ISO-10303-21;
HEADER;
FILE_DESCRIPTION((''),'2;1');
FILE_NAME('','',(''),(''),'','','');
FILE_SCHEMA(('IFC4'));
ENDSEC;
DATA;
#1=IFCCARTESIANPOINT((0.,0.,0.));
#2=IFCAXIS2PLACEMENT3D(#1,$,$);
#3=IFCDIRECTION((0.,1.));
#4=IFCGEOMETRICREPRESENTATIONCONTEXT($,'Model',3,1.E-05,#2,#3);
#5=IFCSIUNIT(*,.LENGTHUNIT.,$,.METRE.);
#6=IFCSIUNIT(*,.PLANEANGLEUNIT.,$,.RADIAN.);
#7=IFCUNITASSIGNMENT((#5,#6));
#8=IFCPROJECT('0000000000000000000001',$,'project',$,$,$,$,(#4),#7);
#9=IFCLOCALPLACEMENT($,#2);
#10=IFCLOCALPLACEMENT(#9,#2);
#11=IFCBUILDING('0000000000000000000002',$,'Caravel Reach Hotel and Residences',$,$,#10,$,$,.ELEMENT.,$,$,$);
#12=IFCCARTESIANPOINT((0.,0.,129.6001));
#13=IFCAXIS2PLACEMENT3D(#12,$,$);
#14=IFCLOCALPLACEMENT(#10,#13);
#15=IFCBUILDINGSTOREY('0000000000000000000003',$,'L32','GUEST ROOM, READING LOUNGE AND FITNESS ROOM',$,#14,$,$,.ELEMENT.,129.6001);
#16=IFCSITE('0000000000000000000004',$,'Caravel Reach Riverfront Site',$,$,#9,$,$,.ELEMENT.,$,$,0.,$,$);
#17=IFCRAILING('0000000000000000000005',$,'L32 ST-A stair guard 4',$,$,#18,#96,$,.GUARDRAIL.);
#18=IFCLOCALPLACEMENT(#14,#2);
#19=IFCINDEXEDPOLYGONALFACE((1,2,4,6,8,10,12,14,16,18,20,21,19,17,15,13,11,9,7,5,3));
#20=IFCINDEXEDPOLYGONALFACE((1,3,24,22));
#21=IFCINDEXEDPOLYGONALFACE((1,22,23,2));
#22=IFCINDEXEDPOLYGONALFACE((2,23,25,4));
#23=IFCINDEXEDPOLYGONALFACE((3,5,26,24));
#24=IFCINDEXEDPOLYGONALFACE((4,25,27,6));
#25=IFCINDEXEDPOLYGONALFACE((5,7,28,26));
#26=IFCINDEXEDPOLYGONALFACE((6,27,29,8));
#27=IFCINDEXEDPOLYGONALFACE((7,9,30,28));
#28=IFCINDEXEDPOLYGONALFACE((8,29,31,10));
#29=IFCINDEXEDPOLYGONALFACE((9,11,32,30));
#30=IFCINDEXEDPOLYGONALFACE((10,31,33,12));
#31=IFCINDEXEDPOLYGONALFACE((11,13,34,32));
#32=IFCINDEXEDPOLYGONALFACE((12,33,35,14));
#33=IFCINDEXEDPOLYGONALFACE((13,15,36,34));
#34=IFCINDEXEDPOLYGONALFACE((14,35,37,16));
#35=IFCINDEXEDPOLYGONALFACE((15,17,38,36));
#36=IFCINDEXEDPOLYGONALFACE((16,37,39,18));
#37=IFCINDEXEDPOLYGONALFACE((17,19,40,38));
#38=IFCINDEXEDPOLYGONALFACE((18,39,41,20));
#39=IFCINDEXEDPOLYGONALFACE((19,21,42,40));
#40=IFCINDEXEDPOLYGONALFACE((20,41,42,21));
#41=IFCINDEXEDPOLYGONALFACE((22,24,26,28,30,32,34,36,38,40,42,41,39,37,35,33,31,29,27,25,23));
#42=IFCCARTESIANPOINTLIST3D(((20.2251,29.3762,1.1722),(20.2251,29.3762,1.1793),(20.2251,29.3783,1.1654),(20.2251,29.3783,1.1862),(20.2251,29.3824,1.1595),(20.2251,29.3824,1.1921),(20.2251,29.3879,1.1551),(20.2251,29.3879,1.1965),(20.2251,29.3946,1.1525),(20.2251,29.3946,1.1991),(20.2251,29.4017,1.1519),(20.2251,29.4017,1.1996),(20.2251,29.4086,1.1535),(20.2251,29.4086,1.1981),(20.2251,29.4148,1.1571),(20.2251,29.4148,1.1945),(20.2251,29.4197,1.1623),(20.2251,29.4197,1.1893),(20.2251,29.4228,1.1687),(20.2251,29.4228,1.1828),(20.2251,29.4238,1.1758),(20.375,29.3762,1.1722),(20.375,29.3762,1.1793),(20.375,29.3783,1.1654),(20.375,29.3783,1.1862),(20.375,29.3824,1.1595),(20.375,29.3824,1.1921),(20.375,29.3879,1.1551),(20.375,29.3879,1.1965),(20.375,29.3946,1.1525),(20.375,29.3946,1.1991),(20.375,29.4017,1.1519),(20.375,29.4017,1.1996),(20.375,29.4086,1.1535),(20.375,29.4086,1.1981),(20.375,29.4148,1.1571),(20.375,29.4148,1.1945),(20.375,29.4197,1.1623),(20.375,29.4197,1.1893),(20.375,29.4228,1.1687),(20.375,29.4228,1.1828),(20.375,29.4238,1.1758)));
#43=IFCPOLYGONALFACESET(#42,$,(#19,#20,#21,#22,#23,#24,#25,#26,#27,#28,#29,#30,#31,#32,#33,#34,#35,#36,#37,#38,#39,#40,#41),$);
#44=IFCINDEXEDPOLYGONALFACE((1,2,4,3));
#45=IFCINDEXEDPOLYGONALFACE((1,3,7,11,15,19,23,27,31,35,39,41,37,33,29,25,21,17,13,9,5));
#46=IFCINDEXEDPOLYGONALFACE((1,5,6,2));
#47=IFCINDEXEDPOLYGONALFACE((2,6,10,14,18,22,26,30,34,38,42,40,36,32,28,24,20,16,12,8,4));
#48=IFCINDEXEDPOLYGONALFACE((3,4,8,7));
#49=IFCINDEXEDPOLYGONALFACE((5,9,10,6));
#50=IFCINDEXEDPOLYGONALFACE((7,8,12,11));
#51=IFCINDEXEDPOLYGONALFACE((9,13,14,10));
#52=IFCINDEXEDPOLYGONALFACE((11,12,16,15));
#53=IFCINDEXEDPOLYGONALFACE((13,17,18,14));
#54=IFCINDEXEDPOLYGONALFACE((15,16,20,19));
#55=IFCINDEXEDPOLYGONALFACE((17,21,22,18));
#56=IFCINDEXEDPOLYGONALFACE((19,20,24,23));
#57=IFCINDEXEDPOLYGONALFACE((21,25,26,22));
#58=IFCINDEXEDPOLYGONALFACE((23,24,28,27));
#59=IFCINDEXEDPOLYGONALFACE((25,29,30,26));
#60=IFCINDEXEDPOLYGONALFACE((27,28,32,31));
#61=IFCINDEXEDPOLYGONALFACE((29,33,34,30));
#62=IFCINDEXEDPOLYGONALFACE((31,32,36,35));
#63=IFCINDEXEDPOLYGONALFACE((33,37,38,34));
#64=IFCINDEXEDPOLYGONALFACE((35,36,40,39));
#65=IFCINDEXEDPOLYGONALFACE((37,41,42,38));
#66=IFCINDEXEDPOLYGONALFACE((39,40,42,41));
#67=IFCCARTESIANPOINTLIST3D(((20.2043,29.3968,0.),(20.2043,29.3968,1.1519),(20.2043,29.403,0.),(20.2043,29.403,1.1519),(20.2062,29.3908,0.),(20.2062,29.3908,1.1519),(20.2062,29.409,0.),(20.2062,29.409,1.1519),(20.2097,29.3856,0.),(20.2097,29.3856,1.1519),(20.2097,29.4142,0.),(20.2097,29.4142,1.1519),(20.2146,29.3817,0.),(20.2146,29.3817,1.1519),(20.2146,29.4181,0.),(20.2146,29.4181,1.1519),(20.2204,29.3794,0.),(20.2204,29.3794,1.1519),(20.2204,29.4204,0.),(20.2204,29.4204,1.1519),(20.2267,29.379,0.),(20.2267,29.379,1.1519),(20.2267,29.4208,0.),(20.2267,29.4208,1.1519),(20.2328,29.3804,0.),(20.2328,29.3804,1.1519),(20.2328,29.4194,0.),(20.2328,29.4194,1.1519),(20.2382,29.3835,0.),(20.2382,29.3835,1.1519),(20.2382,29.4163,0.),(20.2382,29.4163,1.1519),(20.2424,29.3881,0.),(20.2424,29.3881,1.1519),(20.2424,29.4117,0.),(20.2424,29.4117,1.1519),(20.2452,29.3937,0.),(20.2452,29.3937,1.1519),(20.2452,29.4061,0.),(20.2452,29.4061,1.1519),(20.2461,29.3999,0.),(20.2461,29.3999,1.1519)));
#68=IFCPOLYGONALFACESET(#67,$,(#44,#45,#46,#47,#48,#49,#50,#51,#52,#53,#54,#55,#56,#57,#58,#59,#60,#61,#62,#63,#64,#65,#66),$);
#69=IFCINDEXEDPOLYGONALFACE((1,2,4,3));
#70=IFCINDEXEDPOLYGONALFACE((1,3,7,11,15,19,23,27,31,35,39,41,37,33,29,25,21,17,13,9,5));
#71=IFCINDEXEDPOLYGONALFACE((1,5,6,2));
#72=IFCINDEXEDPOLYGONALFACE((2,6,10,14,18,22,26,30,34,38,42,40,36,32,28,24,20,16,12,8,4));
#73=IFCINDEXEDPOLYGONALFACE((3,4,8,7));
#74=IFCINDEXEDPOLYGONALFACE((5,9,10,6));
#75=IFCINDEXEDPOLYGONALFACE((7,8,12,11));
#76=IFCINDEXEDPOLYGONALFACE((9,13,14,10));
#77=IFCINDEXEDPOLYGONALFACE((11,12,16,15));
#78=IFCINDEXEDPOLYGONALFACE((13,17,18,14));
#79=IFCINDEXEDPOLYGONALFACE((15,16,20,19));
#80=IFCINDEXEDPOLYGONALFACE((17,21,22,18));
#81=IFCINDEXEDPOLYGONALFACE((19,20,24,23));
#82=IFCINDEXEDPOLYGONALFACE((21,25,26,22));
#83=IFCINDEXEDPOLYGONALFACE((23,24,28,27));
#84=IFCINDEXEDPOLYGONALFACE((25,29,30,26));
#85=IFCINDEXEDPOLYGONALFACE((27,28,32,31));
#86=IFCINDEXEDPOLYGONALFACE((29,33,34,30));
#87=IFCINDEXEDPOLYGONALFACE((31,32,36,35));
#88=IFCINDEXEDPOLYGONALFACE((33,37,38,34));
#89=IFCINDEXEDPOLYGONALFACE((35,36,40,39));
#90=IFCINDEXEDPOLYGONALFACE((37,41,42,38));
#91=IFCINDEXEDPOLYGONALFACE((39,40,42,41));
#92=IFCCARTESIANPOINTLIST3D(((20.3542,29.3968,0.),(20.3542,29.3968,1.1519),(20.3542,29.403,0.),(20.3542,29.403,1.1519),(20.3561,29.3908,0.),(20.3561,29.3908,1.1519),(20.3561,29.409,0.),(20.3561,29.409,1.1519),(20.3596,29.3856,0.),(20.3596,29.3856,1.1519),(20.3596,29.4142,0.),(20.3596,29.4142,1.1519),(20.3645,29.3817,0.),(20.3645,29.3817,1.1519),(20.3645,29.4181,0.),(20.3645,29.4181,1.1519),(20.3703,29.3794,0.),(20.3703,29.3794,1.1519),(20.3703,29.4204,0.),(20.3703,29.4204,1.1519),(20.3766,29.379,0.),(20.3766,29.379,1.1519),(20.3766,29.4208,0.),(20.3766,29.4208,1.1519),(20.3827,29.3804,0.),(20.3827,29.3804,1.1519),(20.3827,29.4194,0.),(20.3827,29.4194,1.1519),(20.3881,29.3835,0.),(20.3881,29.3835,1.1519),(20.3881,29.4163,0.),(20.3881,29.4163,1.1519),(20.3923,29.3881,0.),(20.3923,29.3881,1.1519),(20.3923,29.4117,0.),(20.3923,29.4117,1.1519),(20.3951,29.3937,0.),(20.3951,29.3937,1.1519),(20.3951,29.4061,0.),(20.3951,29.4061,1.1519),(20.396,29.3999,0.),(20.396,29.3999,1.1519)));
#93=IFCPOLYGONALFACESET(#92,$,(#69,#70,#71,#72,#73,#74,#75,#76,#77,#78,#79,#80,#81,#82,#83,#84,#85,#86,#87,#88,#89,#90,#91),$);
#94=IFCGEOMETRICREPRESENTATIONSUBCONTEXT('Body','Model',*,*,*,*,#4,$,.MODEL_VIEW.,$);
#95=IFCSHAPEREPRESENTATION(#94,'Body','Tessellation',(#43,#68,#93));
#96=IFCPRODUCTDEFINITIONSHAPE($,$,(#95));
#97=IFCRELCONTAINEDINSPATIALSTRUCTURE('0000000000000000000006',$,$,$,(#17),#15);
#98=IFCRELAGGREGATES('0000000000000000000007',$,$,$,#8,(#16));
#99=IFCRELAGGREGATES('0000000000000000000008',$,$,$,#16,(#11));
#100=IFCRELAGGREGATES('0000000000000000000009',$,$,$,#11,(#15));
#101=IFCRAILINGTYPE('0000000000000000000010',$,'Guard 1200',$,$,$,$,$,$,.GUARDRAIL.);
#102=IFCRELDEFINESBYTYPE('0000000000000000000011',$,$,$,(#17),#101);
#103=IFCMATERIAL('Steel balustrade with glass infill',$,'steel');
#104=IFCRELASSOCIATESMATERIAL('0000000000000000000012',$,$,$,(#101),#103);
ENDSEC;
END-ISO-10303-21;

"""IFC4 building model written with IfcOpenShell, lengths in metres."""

from ifc_helpers import new_model, si_unit, direction, frame, origin, origin_2d, place, context, subcontext, project, spatial, circle, extrude, material, type_object, element, save


model = new_model("IFC4")

# Units and contexts
model_context = context("Model", 3, precision=1e-05, world=origin(), true_north=direction((0.0, 1.0)))
body_context = subcontext(model_context, "Body", "Model", "MODEL_VIEW")
ifc_project = project(units=[si_unit("LENGTHUNIT", "METRE"), si_unit("PLANEANGLEUNIT", "RADIAN")], contexts=[model_context])

# Site, building, storey
site_placement = place(None, origin())
site = spatial("IfcSite", under=ifc_project, at=site_placement, Name="Caravel Reach Riverfront Site", CompositionType="ELEMENT", RefElevation=0.0)
building_placement = place(site_placement, origin())
building = spatial("IfcBuilding", under=site, at=building_placement, Name="Caravel Reach Hotel and Residences", CompositionType="ELEMENT")
storey_placement = place(building_placement, frame((0.0, 0.0, 129.6001)))
storey = spatial("IfcBuildingStorey", under=building, at=storey_placement, Name="L32", Description="GUEST ROOM, READING LOUNGE AND FITNESS ROOM", CompositionType="ELEMENT", Elevation=129.6001)

# Railing
ifc_material_1 = material(Name="Steel balustrade with glass infill", Category="steel")
railing_type_1 = type_object("IfcRailingType", Name="Guard 1200", PredefinedType="GUARDRAIL", material=ifc_material_1)
railing_1_placement = place(storey_placement, frame((20.2251, 29.3999, 0.0)))
element("IfcRailing", 1, at=railing_1_placement, inside=storey, type_object=railing_type_1, Name="L32 ST-A stair guard 4", PredefinedType="GUARDRAIL", context=body_context, shape_type="SweptSolid", body=[
    extrude(circle(Radius=0.0239, at=origin_2d()), frame((0.0, 0.0, 1.1758), z_axis=(1.0, 0.0, 0.0), x_axis=(0.0, 1.0, 0.0)), (0.0, 0.0, 1.0), 0.1499),
    extrude(circle(Radius=0.021, at=origin_2d()), origin(), (0.0, 0.0, 1.0), 1.1519),
    extrude(circle(Radius=0.021, at=origin_2d()), frame((0.1499, 0.0, 0.0)), (0.0, 0.0, 1.0), 1.1519),
])

save(model, "model.ifc")
